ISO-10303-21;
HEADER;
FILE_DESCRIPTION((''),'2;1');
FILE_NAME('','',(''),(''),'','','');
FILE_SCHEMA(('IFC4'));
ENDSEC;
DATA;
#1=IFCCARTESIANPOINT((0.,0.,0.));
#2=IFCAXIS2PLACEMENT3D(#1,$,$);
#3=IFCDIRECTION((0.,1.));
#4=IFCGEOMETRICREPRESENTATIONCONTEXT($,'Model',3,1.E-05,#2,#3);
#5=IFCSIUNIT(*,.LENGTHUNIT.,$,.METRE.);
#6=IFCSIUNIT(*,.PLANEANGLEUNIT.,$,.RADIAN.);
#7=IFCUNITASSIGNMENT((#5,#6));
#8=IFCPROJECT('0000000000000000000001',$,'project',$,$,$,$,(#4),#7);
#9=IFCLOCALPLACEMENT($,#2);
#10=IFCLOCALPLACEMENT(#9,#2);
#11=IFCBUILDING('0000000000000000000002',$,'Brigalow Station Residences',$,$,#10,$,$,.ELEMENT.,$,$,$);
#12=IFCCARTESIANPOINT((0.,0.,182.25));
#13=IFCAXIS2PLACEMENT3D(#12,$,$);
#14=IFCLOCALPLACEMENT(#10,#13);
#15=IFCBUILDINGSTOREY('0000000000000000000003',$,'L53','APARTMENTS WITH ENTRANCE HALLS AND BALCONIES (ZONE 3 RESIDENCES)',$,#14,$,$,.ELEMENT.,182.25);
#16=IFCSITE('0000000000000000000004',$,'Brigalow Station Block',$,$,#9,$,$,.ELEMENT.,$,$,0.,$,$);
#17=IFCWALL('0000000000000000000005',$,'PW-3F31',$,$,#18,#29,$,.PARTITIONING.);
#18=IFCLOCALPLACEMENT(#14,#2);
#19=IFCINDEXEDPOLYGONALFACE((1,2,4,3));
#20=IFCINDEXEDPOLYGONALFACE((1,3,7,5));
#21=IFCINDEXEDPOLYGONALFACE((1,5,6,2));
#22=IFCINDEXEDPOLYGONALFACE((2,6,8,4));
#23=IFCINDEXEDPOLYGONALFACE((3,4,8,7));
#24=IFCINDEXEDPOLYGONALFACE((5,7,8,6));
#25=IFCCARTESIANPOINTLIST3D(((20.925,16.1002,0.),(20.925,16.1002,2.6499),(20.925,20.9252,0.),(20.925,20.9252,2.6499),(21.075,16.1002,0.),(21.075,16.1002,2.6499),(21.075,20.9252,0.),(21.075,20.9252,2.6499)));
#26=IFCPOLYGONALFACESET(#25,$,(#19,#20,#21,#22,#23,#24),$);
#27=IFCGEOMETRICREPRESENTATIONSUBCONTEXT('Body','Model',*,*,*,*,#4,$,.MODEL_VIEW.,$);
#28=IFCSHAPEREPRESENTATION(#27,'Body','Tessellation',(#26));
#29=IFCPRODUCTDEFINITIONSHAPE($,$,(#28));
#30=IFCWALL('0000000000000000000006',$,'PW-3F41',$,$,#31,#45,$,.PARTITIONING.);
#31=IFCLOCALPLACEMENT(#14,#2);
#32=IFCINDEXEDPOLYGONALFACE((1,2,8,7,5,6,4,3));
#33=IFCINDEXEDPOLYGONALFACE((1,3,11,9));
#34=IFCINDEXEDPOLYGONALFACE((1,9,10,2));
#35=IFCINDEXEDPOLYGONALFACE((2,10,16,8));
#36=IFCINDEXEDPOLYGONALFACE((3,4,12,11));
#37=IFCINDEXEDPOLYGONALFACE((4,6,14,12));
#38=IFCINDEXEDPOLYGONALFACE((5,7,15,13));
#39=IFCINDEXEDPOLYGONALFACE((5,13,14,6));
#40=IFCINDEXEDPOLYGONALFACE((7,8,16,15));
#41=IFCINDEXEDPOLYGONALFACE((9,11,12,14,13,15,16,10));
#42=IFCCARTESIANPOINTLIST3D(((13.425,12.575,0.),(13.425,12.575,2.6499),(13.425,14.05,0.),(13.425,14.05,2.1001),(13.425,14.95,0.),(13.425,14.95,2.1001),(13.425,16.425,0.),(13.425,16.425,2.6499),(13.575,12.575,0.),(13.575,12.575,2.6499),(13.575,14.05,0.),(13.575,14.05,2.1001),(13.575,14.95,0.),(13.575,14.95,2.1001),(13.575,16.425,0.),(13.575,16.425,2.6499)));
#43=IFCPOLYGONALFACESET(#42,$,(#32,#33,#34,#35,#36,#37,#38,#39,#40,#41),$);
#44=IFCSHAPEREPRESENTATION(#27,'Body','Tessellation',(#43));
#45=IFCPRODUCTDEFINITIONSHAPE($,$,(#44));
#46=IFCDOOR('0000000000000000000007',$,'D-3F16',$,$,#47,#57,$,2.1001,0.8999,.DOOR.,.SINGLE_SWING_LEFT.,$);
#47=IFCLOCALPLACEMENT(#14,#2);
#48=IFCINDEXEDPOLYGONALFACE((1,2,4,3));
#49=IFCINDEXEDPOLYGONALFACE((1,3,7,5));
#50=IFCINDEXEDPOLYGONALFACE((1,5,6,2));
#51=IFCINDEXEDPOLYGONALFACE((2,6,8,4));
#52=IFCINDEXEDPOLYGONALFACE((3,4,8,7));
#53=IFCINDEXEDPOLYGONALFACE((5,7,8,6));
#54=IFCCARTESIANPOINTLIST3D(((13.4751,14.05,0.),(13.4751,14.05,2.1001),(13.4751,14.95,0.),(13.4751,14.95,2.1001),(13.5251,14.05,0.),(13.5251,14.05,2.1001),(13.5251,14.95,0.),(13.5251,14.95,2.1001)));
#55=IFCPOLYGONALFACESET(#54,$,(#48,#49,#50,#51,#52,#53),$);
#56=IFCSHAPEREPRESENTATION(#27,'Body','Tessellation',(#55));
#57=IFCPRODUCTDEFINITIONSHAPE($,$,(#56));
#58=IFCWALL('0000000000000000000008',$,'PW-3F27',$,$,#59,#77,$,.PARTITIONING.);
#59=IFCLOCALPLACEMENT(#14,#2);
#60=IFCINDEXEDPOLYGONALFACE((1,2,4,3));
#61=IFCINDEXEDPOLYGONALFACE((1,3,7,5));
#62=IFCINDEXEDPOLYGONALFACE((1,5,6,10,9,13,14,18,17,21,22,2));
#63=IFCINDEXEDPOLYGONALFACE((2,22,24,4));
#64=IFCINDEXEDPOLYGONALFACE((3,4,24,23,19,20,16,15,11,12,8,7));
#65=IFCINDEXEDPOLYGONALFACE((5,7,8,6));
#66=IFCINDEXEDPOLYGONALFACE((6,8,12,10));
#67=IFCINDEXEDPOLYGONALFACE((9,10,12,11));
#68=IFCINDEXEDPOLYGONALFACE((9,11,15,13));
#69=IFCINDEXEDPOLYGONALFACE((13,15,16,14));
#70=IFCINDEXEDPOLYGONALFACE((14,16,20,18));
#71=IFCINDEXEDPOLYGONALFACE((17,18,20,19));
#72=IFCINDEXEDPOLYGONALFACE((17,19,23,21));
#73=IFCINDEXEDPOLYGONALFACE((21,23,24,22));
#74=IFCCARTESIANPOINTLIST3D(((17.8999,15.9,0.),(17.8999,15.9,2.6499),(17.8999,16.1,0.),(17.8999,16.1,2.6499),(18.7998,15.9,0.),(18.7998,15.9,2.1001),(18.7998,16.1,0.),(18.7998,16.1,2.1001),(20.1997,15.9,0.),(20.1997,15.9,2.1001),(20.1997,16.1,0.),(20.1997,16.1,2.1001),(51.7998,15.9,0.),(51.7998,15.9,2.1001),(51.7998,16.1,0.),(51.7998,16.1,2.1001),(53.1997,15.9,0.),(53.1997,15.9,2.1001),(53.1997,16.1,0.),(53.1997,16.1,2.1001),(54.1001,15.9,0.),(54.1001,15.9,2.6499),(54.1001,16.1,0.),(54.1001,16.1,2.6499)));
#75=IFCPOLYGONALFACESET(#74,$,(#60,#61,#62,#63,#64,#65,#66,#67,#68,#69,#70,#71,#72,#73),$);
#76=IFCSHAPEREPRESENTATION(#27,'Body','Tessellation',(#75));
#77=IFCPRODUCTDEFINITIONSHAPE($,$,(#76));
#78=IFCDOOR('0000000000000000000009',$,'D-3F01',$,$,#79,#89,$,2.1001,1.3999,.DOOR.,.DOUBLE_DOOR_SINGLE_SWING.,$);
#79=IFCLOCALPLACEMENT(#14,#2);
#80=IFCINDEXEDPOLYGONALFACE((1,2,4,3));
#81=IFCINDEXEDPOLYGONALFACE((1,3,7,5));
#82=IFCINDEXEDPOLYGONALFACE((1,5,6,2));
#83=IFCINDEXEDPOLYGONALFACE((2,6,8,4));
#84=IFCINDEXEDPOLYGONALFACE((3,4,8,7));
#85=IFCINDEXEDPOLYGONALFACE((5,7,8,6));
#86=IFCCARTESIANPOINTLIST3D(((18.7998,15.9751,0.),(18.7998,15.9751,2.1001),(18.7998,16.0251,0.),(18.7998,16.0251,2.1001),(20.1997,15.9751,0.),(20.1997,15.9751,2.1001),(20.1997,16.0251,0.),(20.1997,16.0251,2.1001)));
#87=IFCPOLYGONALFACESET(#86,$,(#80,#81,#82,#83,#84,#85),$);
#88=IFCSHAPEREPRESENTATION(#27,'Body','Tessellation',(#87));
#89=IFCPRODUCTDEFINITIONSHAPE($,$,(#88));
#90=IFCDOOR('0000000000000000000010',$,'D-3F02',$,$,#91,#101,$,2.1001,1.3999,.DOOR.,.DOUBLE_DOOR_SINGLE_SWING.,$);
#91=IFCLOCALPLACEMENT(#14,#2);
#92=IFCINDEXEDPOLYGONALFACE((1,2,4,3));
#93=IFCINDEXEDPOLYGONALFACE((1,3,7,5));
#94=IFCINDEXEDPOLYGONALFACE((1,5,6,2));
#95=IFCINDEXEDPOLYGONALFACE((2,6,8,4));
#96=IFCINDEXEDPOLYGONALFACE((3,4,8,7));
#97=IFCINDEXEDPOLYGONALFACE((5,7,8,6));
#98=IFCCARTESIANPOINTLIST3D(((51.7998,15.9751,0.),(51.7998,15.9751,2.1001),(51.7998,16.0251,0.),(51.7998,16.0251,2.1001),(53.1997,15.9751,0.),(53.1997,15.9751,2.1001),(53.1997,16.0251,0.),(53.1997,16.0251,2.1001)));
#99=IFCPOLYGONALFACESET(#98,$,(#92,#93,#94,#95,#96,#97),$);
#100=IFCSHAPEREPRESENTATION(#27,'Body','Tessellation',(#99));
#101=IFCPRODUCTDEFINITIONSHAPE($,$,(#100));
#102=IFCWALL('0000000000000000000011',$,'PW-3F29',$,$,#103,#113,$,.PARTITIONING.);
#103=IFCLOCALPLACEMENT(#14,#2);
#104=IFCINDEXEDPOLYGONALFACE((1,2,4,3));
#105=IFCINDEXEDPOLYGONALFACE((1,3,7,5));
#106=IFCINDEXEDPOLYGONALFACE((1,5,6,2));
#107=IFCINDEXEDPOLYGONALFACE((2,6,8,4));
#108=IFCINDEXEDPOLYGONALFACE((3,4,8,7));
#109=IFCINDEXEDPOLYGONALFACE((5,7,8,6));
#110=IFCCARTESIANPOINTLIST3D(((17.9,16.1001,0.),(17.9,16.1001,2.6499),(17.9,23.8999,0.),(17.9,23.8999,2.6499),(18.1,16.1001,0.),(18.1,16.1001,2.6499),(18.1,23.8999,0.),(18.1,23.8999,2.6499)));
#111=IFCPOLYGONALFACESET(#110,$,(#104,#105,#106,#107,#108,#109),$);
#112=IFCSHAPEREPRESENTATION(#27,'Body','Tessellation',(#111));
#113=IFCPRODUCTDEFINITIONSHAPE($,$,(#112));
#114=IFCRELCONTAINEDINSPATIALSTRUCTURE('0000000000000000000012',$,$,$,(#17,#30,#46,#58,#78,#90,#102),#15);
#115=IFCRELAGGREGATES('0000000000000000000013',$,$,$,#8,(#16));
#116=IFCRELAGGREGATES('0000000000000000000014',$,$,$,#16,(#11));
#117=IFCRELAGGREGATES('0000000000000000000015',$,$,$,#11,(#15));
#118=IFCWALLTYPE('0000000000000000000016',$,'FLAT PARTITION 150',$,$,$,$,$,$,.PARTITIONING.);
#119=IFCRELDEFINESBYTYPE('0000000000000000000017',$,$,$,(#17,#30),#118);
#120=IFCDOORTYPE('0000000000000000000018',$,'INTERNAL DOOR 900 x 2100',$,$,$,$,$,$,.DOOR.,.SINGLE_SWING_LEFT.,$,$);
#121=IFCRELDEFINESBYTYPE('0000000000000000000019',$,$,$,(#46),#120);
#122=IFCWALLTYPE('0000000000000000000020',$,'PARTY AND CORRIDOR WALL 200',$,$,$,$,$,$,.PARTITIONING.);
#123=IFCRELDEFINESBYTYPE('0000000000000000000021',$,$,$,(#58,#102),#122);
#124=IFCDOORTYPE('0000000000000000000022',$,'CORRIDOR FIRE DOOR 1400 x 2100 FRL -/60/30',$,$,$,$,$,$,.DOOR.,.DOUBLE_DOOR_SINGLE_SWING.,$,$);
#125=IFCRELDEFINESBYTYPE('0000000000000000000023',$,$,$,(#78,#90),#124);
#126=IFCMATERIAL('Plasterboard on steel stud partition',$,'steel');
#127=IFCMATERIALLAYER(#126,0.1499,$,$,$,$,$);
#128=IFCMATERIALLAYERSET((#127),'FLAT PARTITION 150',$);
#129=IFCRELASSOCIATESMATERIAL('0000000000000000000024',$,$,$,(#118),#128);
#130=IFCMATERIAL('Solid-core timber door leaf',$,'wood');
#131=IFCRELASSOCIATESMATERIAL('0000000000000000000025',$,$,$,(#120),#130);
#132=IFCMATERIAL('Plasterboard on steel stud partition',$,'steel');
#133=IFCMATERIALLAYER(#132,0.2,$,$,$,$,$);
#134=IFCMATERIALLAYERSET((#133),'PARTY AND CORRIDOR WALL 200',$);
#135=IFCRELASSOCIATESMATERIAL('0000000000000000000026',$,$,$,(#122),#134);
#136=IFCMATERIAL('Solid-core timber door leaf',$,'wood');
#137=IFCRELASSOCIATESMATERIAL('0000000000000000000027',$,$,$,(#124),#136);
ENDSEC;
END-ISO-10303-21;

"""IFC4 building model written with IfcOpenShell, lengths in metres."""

from ifc_helpers import new_model, si_unit, direction, frame, frame_2d, origin, place, context, subcontext, project, spatial, rectangle, extrude, material, layer, layer_set, type_object, element, fill, save


model = new_model("IFC4")

# Units and contexts
model_context = context("Model", 3, precision=1e-05, world=origin(), true_north=direction((0.0, 1.0)))
body_context = subcontext(model_context, "Body", "Model", "MODEL_VIEW")
ifc_project = project(units=[si_unit("LENGTHUNIT", "METRE"), si_unit("PLANEANGLEUNIT", "RADIAN")], contexts=[model_context])

# Site, building, storey
site_placement = place(None, origin())
site = spatial("IfcSite", under=ifc_project, at=site_placement, Name="Brigalow Station Block", CompositionType="ELEMENT", RefElevation=0.0)
building_placement = place(site_placement, origin())
building = spatial("IfcBuilding", under=site, at=building_placement, Name="Brigalow Station Residences", CompositionType="ELEMENT")
storey_placement = place(building_placement, frame((0.0, 0.0, 182.25)))
storey = spatial("IfcBuildingStorey", under=building, at=storey_placement, Name="L53", Description="APARTMENTS WITH ENTRANCE HALLS AND BALCONIES (ZONE 3 RESIDENCES)", CompositionType="ELEMENT", Elevation=182.25)

# Shared definitions
ifc_material_1 = material(Name="Plasterboard on steel stud partition", Category="steel")
ifc_layer_1 = layer(ifc_material_1, 0.1499)
ifc_layer_set_1 = layer_set([ifc_layer_1], Name="FLAT PARTITION 150")
wall_type_1 = type_object("IfcWallType", Name="FLAT PARTITION 150", PredefinedType="PARTITIONING", material=ifc_layer_set_1)
ifc_material_2 = material(Name="Solid-core timber door leaf", Category="wood")
door_type_1 = type_object("IfcDoorType", Name="INTERNAL DOOR 900 x 2100", OperationType="SINGLE_SWING_LEFT", PredefinedType="DOOR", material=ifc_material_2)

# Wall
wall_1_placement = place(storey_placement, frame((21.0, 16.1001, 0.0), z_axis=(0.0, 0.0, 1.0), x_axis=(0.0, 1.0, 0.0)))
element("IfcWall", 1, at=wall_1_placement, inside=storey, type_object=wall_type_1, Name="PW-3F31", PredefinedType="PARTITIONING", context=body_context, shape_type="SweptSolid", body=[
    extrude(rectangle(XDim=4.825, YDim=0.1499, at=frame_2d((2.4126, 0.0))), origin(), (0.0, 0.0, 1.0), 2.6499),
])

# Wall, opening, door
wall_2_placement = place(storey_placement, frame((13.5, 12.575, 0.0), z_axis=(0.0, 0.0, 1.0), x_axis=(0.0, 1.0, 0.0)))
wall_2 = element("IfcWall", 2, at=wall_2_placement, inside=storey, type_object=wall_type_1, Name="PW-3F41", PredefinedType="PARTITIONING", context=body_context, shape_type="SweptSolid", body=[
    extrude(rectangle(XDim=3.8501, YDim=0.1499, at=frame_2d((1.925, 0.0))), origin(), (0.0, 0.0, 1.0), 2.6499),
])
opening_1_placement = place(wall_2_placement, frame((1.4751, 0.0, 0.0)))
opening_1 = element("IfcOpeningElement", 3, at=opening_1_placement, cuts=wall_2, PredefinedType="OPENING", context=body_context, shape_type="SweptSolid", body=[
    extrude(rectangle(XDim=0.8999, YDim=2.1001, at=frame_2d((0.45, 1.05))), frame((0.0, 0.085, 0.0), z_axis=(0.0, -1.0, 0.0), x_axis=(1.0, 0.0, 0.0)), (0.0, 0.0, 1.0), 0.1699),
])
door_1_placement = place(opening_1_placement, origin())
door_1 = element("IfcDoor", 4, at=door_1_placement, inside=storey, type_object=door_type_1, Name="D-3F16", OperationType="SINGLE_SWING_LEFT", OverallHeight=2.1001, OverallWidth=0.8999, PredefinedType="DOOR", context=body_context, shape_type="SweptSolid", body=[
    extrude(rectangle(XDim=0.8999, YDim=2.1001, at=frame_2d((0.45, 1.05))), frame((0.0, 0.0249, 0.0), z_axis=(0.0, -1.0, 0.0), x_axis=(1.0, 0.0, 0.0)), (0.0, 0.0, 1.0), 0.05),
])
fill(opening_1, door_1)

# Wall, openings, doors
ifc_material_3 = material(Name="Plasterboard on steel stud partition", Category="steel")
ifc_layer_2 = layer(ifc_material_3, 0.2)
ifc_layer_set_2 = layer_set([ifc_layer_2], Name="PARTY AND CORRIDOR WALL 200")
wall_type_2 = type_object("IfcWallType", Name="PARTY AND CORRIDOR WALL 200", PredefinedType="PARTITIONING", material=ifc_layer_set_2)
wall_3_placement = place(storey_placement, frame((17.8999, 16.0, 0.0), z_axis=(0.0, 0.0, 1.0), x_axis=(1.0, 0.0, 0.0)))
wall_3 = element("IfcWall", 5, at=wall_3_placement, inside=storey, type_object=wall_type_2, Name="PW-3F27", PredefinedType="PARTITIONING", context=body_context, shape_type="SweptSolid", body=[
    extrude(rectangle(XDim=36.2002, YDim=0.2, at=frame_2d((18.1001, 0.0))), origin(), (0.0, 0.0, 1.0), 2.6499),
])
opening_2_placement = place(wall_3_placement, frame((0.8999, 0.0, 0.0)))
opening_2 = element("IfcOpeningElement", 6, at=opening_2_placement, cuts=wall_3, PredefinedType="OPENING", context=body_context, shape_type="SweptSolid", body=[
    extrude(rectangle(XDim=1.3999, YDim=2.1001, at=frame_2d((0.7, 1.05))), frame((0.0, 0.1099, 0.0), z_axis=(0.0, -1.0, 0.0), x_axis=(1.0, 0.0, 0.0)), (0.0, 0.0, 1.0), 0.22),
])
opening_3_placement = place(wall_3_placement, frame((33.8999, 0.0, 0.0)))
opening_3 = element("IfcOpeningElement", 7, at=opening_3_placement, cuts=wall_3, PredefinedType="OPENING", context=body_context, shape_type="SweptSolid", body=[
    extrude(rectangle(XDim=1.3999, YDim=2.1001, at=frame_2d((0.7, 1.05))), frame((0.0, 0.1099, 0.0), z_axis=(0.0, -1.0, 0.0), x_axis=(1.0, 0.0, 0.0)), (0.0, 0.0, 1.0), 0.22),
])
ifc_material_4 = material(Name="Solid-core timber door leaf", Category="wood")
door_type_2 = type_object("IfcDoorType", Name="CORRIDOR FIRE DOOR 1400 x 2100 FRL -/60/30", OperationType="DOUBLE_DOOR_SINGLE_SWING", PredefinedType="DOOR", material=ifc_material_4)
door_2_placement = place(opening_2_placement, frame((1.3999, 0.0, 0.0), z_axis=(0.0, 0.0, 1.0), x_axis=(-1.0, 0.0, 0.0)))
door_2 = element("IfcDoor", 8, at=door_2_placement, inside=storey, type_object=door_type_2, Name="D-3F01", OperationType="DOUBLE_DOOR_SINGLE_SWING", OverallHeight=2.1001, OverallWidth=1.3999, PredefinedType="DOOR", context=body_context, shape_type="SweptSolid", body=[
    extrude(rectangle(XDim=1.3999, YDim=2.1001, at=frame_2d((0.7, 1.05))), frame((0.0, 0.0249, 0.0), z_axis=(0.0, -1.0, 0.0), x_axis=(1.0, 0.0, 0.0)), (0.0, 0.0, 1.0), 0.05),
])
fill(opening_2, door_2)
door_3_placement = place(opening_3_placement, frame((1.3999, 0.0, 0.0), z_axis=(0.0, 0.0, 1.0), x_axis=(-1.0, 0.0, 0.0)))
door_3 = element("IfcDoor", 9, at=door_3_placement, inside=storey, type_object=door_type_2, Name="D-3F02", OperationType="DOUBLE_DOOR_SINGLE_SWING", OverallHeight=2.1001, OverallWidth=1.3999, PredefinedType="DOOR", context=body_context, shape_type="SweptSolid", body=[
    extrude(rectangle(XDim=1.3999, YDim=2.1001, at=frame_2d((0.7, 1.05))), frame((0.0, 0.0249, 0.0), z_axis=(0.0, -1.0, 0.0), x_axis=(1.0, 0.0, 0.0)), (0.0, 0.0, 1.0), 0.05),
])
fill(opening_3, door_3)

# Wall
wall_4_placement = place(storey_placement, frame((18.0, 16.1001, 0.0), z_axis=(0.0, 0.0, 1.0), x_axis=(0.0, 1.0, 0.0)))
element("IfcWall", 10, at=wall_4_placement, inside=storey, type_object=wall_type_2, Name="PW-3F29", PredefinedType="PARTITIONING", context=body_context, shape_type="SweptSolid", body=[
    extrude(rectangle(XDim=7.7998, YDim=0.2, at=frame_2d((3.8999, 0.0))), origin(), (0.0, 0.0, 1.0), 2.6499),
])

save(model, "model.ifc")
